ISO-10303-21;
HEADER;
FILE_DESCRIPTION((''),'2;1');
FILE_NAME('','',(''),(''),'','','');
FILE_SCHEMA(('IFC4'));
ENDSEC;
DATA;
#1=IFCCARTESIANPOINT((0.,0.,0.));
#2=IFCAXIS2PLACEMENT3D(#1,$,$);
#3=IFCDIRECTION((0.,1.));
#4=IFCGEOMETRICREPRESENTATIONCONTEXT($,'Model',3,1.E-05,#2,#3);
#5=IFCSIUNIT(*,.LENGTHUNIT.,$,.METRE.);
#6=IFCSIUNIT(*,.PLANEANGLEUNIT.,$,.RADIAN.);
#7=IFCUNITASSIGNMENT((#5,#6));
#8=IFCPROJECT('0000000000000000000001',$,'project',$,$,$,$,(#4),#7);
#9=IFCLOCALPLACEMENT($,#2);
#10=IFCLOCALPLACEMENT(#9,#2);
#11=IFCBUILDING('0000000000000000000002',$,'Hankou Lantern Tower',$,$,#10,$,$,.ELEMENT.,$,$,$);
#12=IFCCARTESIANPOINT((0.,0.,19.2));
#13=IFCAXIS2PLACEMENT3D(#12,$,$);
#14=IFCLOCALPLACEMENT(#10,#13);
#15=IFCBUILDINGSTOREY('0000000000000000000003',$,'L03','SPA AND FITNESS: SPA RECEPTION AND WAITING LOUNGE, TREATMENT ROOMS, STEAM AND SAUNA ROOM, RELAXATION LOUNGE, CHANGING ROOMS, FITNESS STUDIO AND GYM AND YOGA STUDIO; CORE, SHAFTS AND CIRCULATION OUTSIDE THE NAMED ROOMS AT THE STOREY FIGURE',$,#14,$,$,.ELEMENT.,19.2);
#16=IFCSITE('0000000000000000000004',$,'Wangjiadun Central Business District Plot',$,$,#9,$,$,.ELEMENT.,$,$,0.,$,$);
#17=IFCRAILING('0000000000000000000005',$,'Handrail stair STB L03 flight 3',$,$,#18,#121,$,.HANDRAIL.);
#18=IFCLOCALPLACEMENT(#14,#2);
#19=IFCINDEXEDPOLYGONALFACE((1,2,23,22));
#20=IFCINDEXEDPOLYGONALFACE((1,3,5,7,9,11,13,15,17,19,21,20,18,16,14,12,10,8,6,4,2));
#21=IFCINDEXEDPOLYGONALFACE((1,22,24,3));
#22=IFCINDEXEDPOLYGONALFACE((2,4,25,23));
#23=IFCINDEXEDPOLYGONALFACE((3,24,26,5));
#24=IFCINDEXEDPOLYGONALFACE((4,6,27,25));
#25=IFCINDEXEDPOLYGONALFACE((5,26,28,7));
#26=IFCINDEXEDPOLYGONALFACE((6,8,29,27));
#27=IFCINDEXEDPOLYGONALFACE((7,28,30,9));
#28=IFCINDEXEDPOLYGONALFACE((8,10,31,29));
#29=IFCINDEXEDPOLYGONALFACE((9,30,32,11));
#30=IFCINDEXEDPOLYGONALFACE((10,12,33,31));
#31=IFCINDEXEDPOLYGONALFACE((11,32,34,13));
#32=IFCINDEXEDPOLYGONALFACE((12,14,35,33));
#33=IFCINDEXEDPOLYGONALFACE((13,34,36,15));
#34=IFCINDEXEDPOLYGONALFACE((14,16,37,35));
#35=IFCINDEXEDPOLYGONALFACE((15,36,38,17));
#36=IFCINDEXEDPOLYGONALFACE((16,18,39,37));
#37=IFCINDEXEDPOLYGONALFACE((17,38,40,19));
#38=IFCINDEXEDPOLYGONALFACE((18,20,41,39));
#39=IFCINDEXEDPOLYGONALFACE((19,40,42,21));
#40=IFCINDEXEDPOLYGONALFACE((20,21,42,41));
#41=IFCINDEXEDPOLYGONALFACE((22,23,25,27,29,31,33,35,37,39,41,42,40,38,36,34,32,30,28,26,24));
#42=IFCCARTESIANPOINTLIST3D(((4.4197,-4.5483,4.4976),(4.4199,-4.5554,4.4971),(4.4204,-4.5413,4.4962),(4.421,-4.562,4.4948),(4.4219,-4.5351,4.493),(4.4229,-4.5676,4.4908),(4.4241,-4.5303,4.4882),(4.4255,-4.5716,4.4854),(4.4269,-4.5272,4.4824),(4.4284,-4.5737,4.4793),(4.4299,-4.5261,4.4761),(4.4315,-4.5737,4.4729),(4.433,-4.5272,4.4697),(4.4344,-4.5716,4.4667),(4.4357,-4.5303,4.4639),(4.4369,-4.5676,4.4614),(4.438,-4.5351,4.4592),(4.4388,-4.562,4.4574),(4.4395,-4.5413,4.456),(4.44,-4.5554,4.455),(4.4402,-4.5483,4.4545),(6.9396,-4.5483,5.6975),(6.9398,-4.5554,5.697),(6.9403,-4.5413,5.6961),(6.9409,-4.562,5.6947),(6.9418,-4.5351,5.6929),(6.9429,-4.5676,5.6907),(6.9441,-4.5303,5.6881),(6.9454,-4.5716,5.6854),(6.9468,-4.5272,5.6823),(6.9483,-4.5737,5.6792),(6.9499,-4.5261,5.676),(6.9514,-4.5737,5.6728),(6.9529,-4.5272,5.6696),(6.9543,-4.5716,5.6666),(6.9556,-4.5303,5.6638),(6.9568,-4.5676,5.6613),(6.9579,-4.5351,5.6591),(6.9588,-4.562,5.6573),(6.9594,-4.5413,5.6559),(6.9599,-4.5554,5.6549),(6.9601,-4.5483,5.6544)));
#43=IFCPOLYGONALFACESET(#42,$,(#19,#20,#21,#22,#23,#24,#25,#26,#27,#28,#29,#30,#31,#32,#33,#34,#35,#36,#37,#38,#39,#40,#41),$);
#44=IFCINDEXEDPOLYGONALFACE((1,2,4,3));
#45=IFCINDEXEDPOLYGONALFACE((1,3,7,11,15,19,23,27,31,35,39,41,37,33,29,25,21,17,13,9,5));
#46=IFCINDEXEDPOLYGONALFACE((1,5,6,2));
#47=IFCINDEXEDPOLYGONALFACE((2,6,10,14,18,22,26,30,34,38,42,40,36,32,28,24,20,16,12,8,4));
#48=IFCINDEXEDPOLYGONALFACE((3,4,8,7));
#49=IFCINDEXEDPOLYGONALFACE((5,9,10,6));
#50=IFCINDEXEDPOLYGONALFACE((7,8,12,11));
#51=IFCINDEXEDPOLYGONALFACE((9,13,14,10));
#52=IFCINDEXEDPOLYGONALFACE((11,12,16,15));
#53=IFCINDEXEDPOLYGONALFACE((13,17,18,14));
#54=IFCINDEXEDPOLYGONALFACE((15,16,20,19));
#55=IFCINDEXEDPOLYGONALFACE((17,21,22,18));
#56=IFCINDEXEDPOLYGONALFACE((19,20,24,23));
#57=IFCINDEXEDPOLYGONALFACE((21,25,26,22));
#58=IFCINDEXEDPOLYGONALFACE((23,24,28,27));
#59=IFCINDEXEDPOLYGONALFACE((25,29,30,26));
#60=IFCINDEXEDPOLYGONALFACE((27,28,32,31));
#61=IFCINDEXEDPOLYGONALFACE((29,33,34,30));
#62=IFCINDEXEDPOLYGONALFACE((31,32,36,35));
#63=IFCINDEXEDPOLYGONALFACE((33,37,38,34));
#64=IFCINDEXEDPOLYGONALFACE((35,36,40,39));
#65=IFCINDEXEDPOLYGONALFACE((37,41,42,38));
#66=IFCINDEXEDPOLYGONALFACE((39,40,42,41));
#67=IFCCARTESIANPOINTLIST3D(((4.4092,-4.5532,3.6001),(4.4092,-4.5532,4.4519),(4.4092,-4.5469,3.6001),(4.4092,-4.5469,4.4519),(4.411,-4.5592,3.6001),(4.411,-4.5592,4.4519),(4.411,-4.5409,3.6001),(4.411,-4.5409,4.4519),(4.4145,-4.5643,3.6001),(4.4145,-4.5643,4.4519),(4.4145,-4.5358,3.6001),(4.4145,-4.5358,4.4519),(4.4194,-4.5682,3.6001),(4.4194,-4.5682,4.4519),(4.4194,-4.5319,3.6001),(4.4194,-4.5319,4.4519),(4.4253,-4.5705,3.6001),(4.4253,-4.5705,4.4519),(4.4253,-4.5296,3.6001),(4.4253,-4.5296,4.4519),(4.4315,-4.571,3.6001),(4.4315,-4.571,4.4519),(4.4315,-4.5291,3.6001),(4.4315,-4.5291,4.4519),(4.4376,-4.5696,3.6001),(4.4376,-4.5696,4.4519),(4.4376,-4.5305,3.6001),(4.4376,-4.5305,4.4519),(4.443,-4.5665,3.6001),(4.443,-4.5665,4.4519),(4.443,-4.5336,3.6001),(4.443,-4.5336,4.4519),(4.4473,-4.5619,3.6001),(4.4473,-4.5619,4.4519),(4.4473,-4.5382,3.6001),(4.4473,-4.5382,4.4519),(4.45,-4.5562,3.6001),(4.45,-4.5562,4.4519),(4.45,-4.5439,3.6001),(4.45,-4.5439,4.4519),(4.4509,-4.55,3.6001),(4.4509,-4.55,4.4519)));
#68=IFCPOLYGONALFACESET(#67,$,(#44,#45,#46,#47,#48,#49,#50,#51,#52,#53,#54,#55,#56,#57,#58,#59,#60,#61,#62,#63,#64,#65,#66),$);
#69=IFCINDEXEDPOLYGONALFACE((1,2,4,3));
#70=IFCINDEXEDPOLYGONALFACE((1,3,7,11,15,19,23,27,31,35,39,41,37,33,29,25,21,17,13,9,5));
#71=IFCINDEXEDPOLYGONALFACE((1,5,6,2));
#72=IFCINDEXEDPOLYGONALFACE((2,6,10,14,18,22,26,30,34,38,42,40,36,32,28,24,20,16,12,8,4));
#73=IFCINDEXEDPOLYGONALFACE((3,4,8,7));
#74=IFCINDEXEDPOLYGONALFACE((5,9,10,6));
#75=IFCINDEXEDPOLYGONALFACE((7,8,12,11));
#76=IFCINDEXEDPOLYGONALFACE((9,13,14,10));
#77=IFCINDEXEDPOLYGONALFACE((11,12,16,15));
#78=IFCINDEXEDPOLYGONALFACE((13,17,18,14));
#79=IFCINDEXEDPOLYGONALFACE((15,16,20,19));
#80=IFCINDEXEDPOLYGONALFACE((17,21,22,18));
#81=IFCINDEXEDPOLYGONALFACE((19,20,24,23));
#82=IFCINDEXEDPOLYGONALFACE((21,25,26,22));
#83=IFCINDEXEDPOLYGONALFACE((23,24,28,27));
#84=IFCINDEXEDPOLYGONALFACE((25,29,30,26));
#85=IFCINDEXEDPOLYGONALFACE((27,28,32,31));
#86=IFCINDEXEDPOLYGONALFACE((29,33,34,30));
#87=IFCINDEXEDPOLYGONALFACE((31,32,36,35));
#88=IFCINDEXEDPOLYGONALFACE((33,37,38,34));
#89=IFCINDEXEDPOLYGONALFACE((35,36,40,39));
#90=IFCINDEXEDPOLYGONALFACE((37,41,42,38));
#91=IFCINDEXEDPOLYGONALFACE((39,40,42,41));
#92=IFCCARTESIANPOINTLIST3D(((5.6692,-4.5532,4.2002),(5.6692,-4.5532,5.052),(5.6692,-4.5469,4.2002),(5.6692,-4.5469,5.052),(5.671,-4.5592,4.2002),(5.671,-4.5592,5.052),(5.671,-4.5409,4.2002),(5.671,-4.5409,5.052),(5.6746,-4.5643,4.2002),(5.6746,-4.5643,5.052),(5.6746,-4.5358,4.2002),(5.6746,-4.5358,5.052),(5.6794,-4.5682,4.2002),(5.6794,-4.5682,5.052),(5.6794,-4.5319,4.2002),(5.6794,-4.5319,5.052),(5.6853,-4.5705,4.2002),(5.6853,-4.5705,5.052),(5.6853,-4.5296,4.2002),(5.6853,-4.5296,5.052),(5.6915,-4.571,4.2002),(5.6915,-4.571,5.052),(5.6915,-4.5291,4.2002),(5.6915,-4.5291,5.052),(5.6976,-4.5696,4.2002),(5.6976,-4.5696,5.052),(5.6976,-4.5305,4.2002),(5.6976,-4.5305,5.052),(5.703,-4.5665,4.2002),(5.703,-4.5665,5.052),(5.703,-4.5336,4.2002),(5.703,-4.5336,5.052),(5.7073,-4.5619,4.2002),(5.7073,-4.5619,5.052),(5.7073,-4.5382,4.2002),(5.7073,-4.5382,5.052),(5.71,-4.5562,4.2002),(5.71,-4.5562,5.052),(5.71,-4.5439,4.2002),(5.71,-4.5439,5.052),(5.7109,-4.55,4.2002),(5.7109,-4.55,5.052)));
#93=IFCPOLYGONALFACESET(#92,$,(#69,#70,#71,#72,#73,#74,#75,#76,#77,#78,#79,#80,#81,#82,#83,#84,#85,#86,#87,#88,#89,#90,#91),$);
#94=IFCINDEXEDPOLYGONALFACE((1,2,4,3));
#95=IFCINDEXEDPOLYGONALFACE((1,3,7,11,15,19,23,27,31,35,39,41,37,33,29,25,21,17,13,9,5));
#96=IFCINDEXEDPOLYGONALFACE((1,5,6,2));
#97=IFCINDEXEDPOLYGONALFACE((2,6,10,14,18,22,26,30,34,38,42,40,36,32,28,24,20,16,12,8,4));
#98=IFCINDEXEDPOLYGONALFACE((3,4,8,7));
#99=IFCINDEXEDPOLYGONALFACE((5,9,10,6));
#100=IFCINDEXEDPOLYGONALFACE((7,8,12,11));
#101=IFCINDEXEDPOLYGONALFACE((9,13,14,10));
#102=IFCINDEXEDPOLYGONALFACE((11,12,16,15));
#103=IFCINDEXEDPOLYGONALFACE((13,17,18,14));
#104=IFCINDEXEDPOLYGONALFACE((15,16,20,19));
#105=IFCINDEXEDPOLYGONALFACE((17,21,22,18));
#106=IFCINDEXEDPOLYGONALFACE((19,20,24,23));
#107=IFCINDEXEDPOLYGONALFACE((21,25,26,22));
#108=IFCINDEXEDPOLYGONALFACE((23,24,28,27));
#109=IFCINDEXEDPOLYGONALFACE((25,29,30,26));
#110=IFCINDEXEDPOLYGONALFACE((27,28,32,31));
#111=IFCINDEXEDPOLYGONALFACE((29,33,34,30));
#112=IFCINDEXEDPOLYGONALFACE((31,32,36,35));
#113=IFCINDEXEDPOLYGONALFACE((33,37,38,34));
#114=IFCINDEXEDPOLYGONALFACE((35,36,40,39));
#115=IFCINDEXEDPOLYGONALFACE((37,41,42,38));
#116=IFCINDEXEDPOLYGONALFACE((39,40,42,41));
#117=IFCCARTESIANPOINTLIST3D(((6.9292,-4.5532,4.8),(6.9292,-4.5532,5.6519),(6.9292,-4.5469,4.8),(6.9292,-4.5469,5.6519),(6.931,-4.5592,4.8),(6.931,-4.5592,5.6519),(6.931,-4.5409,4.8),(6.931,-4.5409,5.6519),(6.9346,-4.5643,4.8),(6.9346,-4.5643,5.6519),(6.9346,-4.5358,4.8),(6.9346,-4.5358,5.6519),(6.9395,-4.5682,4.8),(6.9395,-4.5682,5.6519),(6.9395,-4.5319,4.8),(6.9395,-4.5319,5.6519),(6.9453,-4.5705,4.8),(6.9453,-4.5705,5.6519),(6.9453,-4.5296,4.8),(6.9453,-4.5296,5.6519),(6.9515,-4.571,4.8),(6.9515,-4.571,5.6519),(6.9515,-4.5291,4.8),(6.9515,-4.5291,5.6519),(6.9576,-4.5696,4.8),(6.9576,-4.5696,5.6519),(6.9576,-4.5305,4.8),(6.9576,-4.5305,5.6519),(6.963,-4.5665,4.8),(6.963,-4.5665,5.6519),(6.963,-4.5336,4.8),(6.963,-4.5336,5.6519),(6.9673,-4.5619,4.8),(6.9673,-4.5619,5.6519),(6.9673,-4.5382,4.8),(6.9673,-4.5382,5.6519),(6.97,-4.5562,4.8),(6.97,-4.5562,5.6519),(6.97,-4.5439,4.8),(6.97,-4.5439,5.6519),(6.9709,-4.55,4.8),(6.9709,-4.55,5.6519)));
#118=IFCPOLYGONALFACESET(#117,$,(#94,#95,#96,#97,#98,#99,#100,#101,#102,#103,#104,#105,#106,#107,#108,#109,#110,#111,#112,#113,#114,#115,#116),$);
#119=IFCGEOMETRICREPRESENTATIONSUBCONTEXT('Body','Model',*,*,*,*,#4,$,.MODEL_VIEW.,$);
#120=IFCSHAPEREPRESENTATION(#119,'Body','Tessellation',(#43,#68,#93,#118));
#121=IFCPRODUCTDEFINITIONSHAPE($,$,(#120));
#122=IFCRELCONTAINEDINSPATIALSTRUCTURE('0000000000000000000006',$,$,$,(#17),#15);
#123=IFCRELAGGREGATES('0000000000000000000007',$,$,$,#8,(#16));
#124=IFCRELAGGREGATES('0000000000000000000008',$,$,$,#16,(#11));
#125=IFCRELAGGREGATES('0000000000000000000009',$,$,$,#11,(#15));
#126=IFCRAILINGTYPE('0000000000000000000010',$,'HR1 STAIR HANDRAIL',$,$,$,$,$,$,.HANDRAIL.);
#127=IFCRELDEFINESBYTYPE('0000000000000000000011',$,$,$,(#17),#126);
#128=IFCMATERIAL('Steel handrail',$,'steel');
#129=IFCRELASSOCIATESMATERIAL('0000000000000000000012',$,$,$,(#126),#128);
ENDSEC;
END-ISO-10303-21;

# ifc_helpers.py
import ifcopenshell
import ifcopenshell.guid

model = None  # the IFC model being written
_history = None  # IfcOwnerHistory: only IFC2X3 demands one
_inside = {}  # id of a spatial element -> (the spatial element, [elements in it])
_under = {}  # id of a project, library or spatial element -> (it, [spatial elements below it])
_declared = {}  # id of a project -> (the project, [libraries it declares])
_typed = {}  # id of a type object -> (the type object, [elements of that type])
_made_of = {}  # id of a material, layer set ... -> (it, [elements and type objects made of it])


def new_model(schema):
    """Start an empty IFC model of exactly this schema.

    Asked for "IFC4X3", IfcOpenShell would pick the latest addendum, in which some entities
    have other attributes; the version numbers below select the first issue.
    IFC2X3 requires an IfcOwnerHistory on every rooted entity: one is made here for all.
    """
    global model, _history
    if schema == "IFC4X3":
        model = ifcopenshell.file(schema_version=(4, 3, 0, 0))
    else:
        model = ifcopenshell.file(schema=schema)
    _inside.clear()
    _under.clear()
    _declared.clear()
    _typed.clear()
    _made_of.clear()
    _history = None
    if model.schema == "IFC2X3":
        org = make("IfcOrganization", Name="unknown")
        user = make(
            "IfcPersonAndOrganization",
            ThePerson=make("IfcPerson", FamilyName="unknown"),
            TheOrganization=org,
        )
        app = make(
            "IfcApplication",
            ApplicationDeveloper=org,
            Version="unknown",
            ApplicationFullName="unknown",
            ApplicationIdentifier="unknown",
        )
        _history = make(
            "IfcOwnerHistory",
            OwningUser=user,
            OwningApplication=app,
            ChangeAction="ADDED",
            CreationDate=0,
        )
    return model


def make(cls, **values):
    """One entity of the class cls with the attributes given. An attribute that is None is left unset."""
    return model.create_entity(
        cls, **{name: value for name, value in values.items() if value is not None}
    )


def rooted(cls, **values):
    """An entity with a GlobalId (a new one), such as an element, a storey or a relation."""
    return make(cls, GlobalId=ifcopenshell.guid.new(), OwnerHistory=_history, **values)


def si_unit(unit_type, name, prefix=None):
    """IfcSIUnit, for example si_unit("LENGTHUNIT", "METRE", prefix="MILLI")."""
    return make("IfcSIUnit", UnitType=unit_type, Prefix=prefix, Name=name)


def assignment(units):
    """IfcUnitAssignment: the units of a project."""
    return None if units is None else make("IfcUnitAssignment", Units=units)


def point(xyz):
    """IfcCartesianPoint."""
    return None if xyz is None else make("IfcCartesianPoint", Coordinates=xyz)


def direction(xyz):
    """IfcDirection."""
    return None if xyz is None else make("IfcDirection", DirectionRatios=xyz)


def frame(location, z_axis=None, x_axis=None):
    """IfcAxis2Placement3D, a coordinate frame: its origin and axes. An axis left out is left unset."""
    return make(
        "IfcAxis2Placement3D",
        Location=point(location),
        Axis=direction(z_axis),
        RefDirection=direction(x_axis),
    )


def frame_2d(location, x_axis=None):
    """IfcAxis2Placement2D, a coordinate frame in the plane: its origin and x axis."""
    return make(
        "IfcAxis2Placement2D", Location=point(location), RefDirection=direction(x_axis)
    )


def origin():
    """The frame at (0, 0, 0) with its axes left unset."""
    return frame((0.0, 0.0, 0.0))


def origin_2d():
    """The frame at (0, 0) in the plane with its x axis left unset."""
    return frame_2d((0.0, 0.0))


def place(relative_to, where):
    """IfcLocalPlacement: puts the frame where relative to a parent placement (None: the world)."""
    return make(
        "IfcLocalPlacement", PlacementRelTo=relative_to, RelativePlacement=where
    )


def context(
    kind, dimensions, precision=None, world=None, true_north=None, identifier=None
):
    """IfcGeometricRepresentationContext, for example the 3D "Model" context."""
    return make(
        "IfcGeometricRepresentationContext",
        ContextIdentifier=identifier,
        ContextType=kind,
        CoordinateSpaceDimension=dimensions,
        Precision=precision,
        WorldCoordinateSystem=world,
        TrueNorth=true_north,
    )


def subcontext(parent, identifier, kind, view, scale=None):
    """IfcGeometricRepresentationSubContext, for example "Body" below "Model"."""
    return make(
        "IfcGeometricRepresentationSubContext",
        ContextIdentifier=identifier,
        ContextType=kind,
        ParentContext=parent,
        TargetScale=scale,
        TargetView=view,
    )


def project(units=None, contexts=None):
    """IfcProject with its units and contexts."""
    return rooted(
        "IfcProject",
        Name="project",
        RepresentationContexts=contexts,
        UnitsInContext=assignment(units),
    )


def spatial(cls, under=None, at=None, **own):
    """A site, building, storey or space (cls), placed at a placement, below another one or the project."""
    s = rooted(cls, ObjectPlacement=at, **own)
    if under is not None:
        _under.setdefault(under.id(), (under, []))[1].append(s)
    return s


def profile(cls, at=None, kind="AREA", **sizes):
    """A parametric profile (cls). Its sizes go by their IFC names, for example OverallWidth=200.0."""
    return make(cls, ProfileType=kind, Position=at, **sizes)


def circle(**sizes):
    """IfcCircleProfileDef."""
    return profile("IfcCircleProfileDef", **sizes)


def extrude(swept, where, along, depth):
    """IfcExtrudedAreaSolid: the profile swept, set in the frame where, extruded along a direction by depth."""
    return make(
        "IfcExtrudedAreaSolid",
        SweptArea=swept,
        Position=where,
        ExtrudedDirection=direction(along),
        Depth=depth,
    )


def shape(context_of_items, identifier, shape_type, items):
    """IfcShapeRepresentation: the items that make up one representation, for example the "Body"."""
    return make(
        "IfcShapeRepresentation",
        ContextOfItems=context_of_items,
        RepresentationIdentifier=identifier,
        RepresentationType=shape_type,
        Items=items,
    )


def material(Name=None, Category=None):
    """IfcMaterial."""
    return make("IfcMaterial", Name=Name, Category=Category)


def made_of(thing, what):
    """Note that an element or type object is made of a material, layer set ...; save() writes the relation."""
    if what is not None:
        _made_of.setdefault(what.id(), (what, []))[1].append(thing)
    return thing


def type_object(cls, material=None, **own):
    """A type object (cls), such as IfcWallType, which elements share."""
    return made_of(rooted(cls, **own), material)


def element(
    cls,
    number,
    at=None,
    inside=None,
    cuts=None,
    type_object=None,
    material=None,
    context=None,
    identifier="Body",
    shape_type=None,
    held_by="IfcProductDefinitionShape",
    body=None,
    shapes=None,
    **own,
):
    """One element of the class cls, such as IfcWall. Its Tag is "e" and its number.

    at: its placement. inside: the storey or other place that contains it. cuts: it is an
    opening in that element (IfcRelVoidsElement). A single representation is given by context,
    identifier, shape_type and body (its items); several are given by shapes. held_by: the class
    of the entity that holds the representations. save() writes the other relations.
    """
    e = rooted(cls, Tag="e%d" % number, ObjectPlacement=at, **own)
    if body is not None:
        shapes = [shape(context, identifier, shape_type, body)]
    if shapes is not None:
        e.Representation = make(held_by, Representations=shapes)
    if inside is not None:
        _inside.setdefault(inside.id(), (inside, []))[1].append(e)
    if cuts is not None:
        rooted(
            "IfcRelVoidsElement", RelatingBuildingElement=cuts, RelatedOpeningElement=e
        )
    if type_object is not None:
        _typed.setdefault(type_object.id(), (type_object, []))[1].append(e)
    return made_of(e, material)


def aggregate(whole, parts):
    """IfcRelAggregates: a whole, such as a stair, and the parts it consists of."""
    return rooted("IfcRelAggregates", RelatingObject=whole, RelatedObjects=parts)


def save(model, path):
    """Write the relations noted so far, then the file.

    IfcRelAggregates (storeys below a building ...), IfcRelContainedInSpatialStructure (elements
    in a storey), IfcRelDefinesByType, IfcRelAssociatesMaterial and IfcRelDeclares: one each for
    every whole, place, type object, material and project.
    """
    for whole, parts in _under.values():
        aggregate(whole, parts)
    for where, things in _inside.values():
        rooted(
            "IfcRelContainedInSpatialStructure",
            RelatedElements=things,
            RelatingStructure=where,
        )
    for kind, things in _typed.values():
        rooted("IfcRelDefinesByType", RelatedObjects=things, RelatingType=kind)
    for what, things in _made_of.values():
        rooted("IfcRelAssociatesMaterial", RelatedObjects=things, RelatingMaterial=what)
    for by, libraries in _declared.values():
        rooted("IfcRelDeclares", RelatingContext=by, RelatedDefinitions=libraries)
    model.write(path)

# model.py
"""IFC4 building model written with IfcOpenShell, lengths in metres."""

from ifc_helpers import new_model, si_unit, direction, frame, origin, origin_2d, place, context, subcontext, project, spatial, circle, extrude, material, type_object, element, save


model = new_model("IFC4")

# Units and contexts
model_context = context("Model", 3, precision=1e-05, world=origin(), true_north=direction((0.0, 1.0)))
body_context = subcontext(model_context, "Body", "Model", "MODEL_VIEW")
ifc_project = project(units=[si_unit("LENGTHUNIT", "METRE"), si_unit("PLANEANGLEUNIT", "RADIAN")], contexts=[model_context])

# Site, building, storey
site_placement = place(None, origin())
site = spatial("IfcSite", under=ifc_project, at=site_placement, Name="Wangjiadun Central Business District Plot", CompositionType="ELEMENT", RefElevation=0.0)
building_placement = place(site_placement, origin())
building = spatial("IfcBuilding", under=site, at=building_placement, Name="Hankou Lantern Tower", CompositionType="ELEMENT")
storey_placement = place(building_placement, frame((0.0, 0.0, 19.2)))
storey = spatial("IfcBuildingStorey", under=building, at=storey_placement, Name="L03", Description="SPA AND FITNESS: SPA RECEPTION AND WAITING LOUNGE, TREATMENT ROOMS, STEAM AND SAUNA ROOM, RELAXATION LOUNGE, CHANGING ROOMS, FITNESS STUDIO AND GYM AND YOGA STUDIO; CORE, SHAFTS AND CIRCULATION OUTSIDE THE NAMED ROOMS AT THE STOREY FIGURE", CompositionType="ELEMENT", Elevation=19.2)

# Railing
ifc_material_1 = material(Name="Steel handrail", Category="steel")
railing_type = type_object("IfcRailingType", Name="HR1 STAIR HANDRAIL", PredefinedType="HANDRAIL", material=ifc_material_1)
for number, where, name in (
    (1, (4.4299, -4.55, 3.6001), "Handrail stair STB L03 flight 3"),
):
    element("IfcRailing", number, at=place(storey_placement, frame(where)), inside=storey, type_object=railing_type, Name=name, PredefinedType="HANDRAIL", context=body_context, shape_type="SweptSolid", body=[
        extrude(circle(Radius=0.0239, at=origin_2d()), frame((0.0, 0.0, 0.876), z_axis=(0.902869, 0.0, 0.429917), x_axis=(0.0, 1.0, 0.0)), (0.0, 0.0, 1.0), 2.791),
        extrude(circle(Radius=0.021, at=origin_2d()), origin(), (0.0, 0.0, 1.0), 0.8518),
        extrude(circle(Radius=0.021, at=origin_2d()), frame((1.26, 0.0, 0.6001)), (0.0, 0.0, 1.0), 0.8518),
        extrude(circle(Radius=0.021, at=origin_2d()), frame((2.52, 0.0, 1.2)), (0.0, 0.0, 1.0), 0.8518),
    ])

save(model, "model.ifc")
